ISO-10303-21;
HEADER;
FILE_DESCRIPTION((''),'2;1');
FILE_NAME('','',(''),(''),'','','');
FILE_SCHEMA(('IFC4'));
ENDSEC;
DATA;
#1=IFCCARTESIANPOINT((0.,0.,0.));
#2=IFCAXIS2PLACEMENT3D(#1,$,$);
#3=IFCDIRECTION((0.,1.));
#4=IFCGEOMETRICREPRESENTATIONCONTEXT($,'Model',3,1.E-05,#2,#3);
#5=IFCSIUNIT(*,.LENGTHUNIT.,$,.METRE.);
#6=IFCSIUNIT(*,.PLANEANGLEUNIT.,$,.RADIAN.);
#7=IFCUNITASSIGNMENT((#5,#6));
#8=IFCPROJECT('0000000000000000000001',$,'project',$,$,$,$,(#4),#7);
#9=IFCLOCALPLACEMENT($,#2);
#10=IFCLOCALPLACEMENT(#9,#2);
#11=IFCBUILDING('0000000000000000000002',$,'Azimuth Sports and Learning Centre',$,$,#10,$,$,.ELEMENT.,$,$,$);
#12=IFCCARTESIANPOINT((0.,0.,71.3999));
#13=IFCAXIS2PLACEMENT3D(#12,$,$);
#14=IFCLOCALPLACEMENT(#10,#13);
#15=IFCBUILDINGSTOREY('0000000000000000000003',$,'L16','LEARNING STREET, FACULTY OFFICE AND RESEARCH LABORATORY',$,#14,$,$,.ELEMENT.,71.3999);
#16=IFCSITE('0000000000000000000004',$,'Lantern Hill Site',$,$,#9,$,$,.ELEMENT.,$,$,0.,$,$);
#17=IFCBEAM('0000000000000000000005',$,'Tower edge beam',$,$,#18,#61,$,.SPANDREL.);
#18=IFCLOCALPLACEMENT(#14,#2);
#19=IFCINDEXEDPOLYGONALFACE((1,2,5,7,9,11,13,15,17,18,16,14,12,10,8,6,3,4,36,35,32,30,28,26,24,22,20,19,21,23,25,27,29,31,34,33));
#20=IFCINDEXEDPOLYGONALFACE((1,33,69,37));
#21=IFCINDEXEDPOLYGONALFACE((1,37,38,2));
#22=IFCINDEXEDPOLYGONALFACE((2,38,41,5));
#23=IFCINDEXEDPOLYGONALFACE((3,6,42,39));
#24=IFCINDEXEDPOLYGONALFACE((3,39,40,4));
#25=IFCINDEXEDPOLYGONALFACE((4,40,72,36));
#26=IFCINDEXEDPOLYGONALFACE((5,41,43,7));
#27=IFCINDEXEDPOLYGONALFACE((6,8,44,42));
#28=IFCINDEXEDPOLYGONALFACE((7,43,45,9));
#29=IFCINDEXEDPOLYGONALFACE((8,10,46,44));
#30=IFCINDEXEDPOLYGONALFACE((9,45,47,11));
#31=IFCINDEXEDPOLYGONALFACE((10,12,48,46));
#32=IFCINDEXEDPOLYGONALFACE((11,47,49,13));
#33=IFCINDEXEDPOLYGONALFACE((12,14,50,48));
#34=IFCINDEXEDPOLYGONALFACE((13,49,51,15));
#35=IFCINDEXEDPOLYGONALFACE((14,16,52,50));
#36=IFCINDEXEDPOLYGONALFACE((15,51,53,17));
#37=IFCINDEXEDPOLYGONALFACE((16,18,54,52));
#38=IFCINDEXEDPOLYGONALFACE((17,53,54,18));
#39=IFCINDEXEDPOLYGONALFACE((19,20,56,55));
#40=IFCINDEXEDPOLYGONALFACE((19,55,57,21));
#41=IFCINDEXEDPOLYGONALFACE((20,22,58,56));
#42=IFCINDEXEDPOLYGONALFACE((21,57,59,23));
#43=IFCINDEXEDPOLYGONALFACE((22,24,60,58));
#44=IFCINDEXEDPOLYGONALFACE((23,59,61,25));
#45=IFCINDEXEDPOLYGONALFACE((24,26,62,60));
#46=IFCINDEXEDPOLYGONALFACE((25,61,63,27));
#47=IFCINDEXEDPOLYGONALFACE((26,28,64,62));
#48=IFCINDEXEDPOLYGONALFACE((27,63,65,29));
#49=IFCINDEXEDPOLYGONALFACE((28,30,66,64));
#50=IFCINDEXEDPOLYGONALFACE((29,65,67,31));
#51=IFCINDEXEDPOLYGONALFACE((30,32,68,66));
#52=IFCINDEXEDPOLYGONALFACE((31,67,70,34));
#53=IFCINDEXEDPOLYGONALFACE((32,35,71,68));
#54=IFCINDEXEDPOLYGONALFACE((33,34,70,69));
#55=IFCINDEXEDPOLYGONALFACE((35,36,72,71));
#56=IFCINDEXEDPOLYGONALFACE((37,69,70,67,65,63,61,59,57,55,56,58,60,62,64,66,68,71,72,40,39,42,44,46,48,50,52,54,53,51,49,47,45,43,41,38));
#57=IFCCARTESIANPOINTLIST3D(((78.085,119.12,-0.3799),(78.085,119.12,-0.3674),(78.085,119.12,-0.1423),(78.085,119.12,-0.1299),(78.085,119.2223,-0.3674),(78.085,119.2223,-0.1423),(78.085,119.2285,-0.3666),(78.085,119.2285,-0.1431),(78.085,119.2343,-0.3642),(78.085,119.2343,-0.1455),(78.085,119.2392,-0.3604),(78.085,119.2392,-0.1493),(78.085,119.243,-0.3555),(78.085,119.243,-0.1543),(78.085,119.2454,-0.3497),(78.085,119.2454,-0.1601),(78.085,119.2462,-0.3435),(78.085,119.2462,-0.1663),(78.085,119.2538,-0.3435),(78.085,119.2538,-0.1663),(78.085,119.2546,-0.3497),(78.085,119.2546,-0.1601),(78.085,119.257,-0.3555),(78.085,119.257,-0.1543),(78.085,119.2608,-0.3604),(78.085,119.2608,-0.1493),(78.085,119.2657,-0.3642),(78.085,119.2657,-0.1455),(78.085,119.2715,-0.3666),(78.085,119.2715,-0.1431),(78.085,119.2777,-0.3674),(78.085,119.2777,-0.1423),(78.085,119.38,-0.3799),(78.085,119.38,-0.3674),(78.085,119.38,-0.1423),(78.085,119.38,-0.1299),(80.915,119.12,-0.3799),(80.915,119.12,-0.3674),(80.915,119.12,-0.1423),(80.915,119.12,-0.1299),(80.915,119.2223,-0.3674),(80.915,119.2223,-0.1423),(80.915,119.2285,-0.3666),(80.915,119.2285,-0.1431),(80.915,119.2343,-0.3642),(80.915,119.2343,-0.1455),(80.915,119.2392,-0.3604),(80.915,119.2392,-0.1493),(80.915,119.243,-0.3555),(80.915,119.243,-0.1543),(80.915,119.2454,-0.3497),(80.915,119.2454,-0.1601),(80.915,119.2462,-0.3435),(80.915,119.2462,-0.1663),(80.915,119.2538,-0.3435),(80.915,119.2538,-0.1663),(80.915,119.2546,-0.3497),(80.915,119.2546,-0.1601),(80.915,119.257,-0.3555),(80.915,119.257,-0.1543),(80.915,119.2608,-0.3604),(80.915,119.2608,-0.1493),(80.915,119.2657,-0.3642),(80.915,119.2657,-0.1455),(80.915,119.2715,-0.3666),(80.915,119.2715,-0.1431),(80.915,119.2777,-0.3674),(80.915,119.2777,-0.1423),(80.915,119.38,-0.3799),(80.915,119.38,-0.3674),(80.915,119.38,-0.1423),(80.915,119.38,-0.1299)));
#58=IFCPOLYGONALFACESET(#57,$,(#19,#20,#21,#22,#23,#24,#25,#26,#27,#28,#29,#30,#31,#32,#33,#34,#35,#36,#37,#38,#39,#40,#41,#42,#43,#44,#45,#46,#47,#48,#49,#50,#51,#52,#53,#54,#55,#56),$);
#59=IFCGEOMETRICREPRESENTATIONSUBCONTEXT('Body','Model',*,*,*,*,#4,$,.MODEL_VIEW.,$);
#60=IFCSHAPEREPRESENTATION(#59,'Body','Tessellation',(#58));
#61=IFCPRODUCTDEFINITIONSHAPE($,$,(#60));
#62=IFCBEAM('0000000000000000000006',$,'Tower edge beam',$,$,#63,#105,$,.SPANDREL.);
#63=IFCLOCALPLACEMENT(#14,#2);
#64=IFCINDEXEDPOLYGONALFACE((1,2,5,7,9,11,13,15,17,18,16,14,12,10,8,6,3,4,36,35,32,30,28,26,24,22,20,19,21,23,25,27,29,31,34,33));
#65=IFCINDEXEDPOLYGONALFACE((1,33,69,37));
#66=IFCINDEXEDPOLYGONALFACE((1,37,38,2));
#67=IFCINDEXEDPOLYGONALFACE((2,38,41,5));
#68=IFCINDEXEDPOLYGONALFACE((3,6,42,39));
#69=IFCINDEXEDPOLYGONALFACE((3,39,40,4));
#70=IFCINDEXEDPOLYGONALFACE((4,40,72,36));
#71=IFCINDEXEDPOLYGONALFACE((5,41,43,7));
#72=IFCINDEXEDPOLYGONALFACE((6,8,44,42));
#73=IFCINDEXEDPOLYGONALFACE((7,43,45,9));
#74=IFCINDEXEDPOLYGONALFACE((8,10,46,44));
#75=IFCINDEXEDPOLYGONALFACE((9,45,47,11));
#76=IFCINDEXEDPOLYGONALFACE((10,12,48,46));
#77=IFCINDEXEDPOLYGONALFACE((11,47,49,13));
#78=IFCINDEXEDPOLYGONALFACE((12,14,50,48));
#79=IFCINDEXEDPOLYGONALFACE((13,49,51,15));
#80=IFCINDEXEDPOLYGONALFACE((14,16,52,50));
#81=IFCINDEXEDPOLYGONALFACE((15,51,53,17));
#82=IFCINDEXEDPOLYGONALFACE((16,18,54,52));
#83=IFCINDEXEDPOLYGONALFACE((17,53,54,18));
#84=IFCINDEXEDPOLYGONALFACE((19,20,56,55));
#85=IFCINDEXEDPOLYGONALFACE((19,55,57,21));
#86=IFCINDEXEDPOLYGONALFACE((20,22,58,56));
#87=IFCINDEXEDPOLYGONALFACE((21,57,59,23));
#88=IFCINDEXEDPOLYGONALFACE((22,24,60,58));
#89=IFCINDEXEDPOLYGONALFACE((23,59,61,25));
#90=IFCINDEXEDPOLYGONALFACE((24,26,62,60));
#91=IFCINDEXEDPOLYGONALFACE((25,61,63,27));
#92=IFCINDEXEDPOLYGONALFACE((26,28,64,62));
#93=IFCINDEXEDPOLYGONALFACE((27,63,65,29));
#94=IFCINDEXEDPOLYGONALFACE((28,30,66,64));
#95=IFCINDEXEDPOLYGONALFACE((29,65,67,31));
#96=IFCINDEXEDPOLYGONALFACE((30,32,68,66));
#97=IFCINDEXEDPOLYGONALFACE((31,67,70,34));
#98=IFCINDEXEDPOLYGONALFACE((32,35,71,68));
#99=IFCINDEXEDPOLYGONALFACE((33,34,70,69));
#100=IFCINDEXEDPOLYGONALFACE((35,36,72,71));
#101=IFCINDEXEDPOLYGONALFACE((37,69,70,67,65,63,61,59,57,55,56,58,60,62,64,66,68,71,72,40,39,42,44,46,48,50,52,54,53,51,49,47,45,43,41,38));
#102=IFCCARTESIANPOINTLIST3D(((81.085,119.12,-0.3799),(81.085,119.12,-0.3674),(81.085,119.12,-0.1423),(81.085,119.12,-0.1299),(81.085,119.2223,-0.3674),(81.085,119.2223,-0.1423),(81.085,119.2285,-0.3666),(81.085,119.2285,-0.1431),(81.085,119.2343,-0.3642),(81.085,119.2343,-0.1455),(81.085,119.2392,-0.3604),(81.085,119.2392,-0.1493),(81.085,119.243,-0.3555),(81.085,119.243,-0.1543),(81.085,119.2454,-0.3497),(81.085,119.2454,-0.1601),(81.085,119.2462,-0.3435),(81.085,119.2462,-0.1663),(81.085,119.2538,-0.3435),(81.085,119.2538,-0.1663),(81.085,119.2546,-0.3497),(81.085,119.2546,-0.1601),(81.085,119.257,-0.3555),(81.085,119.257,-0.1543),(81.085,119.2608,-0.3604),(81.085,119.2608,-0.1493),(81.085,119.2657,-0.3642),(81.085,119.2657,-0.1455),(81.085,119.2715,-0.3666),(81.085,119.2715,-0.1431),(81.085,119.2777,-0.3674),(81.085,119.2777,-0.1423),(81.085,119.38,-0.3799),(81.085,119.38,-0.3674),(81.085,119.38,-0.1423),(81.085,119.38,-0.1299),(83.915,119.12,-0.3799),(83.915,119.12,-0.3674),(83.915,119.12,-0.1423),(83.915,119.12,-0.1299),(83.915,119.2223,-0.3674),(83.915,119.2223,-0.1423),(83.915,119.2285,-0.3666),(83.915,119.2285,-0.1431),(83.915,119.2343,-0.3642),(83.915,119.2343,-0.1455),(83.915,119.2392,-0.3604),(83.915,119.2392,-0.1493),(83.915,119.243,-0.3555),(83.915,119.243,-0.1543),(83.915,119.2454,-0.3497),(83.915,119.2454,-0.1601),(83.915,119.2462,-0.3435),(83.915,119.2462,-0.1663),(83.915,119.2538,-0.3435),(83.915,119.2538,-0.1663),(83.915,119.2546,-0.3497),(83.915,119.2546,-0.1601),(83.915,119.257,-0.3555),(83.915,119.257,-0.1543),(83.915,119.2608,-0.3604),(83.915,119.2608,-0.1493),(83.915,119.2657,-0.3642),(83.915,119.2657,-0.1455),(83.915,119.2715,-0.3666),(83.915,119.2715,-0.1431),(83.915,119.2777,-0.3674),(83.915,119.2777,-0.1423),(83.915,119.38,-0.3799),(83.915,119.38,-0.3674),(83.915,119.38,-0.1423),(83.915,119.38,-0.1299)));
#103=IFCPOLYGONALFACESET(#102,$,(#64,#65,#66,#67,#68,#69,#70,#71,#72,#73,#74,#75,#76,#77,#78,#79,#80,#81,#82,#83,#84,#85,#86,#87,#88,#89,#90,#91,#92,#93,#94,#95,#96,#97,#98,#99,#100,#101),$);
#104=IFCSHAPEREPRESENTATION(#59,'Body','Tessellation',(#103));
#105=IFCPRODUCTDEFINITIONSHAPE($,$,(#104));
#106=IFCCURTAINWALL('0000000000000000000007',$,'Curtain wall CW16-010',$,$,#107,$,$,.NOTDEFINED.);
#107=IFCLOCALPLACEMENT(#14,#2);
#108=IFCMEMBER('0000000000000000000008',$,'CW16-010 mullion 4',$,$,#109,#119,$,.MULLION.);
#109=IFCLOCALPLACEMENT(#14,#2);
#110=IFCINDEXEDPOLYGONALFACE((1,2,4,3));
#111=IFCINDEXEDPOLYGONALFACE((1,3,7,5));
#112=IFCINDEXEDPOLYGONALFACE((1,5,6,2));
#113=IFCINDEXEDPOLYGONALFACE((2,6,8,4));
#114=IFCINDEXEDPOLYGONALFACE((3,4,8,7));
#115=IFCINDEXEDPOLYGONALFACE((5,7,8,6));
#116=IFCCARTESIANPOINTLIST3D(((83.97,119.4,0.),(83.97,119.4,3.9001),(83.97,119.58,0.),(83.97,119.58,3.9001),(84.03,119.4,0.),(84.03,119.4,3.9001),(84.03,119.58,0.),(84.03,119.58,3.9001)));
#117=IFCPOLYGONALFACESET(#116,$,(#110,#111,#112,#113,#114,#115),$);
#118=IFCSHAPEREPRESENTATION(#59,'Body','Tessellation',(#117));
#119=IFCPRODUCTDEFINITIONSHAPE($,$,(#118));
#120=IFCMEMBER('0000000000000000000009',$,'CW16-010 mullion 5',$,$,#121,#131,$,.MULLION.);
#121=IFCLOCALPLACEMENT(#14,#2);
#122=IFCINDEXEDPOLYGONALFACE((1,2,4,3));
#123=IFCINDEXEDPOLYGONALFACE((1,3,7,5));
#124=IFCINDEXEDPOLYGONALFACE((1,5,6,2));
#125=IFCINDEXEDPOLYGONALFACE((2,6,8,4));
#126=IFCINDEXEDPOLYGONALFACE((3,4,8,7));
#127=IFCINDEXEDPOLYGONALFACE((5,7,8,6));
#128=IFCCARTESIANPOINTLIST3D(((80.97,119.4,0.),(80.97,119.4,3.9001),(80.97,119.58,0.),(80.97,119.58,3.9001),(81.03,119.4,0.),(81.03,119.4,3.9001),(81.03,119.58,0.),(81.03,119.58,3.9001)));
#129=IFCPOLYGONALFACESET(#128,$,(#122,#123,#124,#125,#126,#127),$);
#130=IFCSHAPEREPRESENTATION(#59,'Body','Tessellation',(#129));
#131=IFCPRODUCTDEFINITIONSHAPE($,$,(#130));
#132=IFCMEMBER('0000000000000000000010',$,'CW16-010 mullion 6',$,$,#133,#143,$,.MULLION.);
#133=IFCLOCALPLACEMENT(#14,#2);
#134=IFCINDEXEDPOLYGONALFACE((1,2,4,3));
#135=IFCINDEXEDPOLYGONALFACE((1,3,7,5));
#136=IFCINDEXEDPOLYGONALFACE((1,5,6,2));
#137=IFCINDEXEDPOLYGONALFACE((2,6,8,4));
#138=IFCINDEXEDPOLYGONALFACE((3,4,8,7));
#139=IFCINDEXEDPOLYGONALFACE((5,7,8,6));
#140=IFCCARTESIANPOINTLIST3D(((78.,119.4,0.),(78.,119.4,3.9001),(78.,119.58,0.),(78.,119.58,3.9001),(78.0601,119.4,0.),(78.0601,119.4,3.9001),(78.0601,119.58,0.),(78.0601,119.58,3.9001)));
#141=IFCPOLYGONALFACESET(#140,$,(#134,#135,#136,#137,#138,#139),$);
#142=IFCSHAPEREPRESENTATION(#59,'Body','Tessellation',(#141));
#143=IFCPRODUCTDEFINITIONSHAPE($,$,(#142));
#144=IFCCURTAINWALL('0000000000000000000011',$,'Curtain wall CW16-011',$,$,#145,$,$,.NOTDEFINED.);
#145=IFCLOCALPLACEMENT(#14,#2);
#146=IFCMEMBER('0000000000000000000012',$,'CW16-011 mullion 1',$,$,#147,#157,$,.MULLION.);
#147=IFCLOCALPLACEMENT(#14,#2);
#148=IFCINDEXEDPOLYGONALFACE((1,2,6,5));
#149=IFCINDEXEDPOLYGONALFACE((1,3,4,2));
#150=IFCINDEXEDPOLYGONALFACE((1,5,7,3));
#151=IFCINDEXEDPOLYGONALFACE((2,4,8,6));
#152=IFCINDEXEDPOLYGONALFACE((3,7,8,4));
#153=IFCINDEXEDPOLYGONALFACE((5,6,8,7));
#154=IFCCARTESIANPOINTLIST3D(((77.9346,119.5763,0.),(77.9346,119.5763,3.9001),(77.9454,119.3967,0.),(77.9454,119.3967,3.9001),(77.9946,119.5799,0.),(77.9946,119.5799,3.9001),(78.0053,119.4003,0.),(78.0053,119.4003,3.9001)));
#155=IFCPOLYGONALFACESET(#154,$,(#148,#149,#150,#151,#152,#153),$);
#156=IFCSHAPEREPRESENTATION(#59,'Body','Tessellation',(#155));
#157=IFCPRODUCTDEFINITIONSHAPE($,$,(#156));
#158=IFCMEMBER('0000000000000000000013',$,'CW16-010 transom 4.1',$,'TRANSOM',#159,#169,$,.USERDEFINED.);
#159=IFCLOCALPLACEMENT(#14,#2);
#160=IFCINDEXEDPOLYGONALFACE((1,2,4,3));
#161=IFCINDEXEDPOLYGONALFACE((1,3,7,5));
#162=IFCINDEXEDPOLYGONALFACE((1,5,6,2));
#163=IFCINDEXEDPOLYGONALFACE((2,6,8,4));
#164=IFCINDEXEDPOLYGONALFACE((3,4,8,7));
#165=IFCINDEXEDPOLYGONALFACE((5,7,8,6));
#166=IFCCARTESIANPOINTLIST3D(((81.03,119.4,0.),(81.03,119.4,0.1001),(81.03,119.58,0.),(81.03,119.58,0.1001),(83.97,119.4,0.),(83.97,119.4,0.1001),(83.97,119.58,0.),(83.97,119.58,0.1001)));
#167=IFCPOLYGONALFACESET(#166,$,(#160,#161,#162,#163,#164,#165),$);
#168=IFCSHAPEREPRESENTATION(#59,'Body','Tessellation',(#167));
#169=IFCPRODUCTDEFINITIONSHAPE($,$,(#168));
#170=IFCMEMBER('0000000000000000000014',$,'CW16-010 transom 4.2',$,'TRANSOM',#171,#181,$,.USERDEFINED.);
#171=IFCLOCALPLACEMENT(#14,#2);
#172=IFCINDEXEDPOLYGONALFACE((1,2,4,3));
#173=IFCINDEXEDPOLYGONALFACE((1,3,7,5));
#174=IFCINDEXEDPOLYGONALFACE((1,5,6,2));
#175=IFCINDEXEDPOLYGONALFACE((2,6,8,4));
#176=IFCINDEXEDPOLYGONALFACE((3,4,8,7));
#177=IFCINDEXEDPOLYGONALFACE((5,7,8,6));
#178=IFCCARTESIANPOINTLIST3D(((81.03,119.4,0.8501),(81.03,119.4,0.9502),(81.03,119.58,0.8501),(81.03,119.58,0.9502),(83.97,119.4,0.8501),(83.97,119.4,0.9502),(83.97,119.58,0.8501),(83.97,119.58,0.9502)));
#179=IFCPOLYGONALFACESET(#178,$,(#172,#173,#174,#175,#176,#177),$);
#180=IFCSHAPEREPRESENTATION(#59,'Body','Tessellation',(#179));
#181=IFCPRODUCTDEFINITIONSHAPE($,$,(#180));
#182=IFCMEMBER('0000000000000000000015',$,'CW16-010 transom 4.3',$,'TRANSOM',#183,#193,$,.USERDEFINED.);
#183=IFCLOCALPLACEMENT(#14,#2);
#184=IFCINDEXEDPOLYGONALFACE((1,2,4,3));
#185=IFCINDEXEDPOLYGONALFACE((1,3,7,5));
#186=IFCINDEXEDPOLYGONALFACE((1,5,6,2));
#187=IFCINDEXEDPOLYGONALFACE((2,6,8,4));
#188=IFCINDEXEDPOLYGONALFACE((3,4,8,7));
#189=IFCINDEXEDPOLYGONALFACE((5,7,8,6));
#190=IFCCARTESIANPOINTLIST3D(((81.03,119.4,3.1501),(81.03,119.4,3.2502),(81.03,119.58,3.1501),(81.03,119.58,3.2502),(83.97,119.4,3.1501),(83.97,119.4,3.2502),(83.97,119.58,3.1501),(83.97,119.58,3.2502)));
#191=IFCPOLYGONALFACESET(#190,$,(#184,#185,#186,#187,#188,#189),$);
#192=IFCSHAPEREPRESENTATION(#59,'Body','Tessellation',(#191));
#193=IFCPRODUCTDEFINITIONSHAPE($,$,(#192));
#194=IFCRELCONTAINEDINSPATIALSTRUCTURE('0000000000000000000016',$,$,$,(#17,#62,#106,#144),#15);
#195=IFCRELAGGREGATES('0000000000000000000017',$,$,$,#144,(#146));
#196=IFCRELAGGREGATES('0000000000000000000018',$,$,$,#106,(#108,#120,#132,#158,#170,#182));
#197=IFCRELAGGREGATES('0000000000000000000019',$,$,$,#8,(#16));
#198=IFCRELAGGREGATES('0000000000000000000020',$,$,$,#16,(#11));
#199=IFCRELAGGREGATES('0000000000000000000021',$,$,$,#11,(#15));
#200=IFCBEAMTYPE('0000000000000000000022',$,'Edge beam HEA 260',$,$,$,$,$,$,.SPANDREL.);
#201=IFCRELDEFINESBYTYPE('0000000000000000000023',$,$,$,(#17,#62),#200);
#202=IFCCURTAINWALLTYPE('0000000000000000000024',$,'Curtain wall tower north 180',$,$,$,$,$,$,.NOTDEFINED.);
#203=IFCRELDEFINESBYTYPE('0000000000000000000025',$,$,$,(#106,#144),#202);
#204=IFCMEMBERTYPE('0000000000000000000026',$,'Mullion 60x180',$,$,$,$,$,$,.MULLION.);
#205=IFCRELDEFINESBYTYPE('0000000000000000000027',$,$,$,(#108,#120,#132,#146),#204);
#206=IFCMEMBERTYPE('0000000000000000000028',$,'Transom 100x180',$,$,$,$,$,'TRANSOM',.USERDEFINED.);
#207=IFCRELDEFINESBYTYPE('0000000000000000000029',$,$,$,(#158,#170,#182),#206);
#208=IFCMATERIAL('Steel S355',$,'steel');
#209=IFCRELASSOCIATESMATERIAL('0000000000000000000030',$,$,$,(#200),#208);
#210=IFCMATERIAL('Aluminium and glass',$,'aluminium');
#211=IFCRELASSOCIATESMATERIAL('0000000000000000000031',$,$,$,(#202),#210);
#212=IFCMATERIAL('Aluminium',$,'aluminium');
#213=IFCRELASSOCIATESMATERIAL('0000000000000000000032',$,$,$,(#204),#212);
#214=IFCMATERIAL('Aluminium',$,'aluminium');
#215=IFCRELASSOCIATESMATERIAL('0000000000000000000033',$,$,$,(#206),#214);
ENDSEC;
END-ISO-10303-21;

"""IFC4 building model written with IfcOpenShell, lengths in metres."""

from ifc_helpers import new_model, si_unit, direction, frame, origin, origin_2d, place, context, subcontext, project, spatial, rectangle, i_section, extrude, material, material_profile, profile_set, type_object, element, aggregate, save


model = new_model("IFC4")

# Units and contexts
model_context = context("Model", 3, precision=1e-05, world=origin(), true_north=direction((0.0, 1.0)))
body_context = subcontext(model_context, "Body", "Model", "MODEL_VIEW")
ifc_project = project(units=[si_unit("LENGTHUNIT", "METRE"), si_unit("PLANEANGLEUNIT", "RADIAN")], contexts=[model_context])

# Site, building, storey
site_placement = place(None, origin())
site = spatial("IfcSite", under=ifc_project, at=site_placement, Name="Lantern Hill Site", CompositionType="ELEMENT", RefElevation=0.0)
building_placement = place(site_placement, origin())
building = spatial("IfcBuilding", under=site, at=building_placement, Name="Azimuth Sports and Learning Centre", CompositionType="ELEMENT")
storey_placement = place(building_placement, frame((0.0, 0.0, 71.3999)))
storey = spatial("IfcBuildingStorey", under=building, at=storey_placement, Name="L16", Description="LEARNING STREET, FACULTY OFFICE AND RESEARCH LABORATORY", CompositionType="ELEMENT", Elevation=71.3999)

# Beams
ifc_material_1 = material(Name="Steel S355", Category="steel")
ifc_material_profile_1 = material_profile(ifc_material_1, i_section(OverallWidth=0.26, OverallDepth=0.25, WebThickness=0.0076, FlangeThickness=0.0125, FilletRadius=0.0239, at=origin_2d()), Name="HEA 260")
ifc_profile_set_1 = profile_set([ifc_material_profile_1], Name="Steel S355")
beam_type = type_object("IfcBeamType", Name="Edge beam HEA 260", PredefinedType="SPANDREL", material=ifc_profile_set_1)
for number, where, z_axis, x_axis, name in (
    (1, (78.085, 119.25, -0.2549), (1.0, 0.0, 0.0), (0.0, 1.0, 0.0), "Tower edge beam"),
    (2, (81.085, 119.25, -0.2549), (1.0, 0.0, 0.0), (0.0, 1.0, 0.0), "Tower edge beam"),
):
    element("IfcBeam", number, at=place(storey_placement, frame(where, z_axis=z_axis, x_axis=x_axis)), inside=storey, type_object=beam_type, Name=name, PredefinedType="SPANDREL", context=body_context, shape_type="SweptSolid", body=[
        extrude(i_section(OverallWidth=0.26, OverallDepth=0.25, WebThickness=0.0076, FlangeThickness=0.0125, FilletRadius=0.0239, at=origin_2d()), origin(), (0.0, 0.0, 1.0), 2.8301),
    ])

# Curtain wall, members
ifc_material_2 = material(Name="Aluminium and glass", Category="aluminium")
curtain_wall_type = type_object("IfcCurtainWallType", Name="Curtain wall tower north 180", PredefinedType="NOTDEFINED", material=ifc_material_2)
curtain_wall_1_placement = place(storey_placement, origin())
curtain_wall_1 = element("IfcCurtainWall", 3, at=curtain_wall_1_placement, inside=storey, type_object=curtain_wall_type, Name="Curtain wall CW16-010", PredefinedType="NOTDEFINED")
ifc_material_3 = material(Name="Aluminium", Category="aluminium")
ifc_material_profile_2 = material_profile(ifc_material_3, rectangle(XDim=0.1799, YDim=0.0601, at=origin_2d()), Name="Mullion 60x180")
ifc_profile_set_2 = profile_set([ifc_material_profile_2], Name="Aluminium")
member_type_1 = type_object("IfcMemberType", Name="Mullion 60x180", PredefinedType="MULLION", material=ifc_profile_set_2)
member_1_placement = place(storey_placement, frame((84.0, 119.49, 0.0), z_axis=(0.0, 0.0, 1.0), x_axis=(0.0, -1.0, 0.0)))
member_1 = element("IfcMember", 4, at=member_1_placement, type_object=member_type_1, Name="CW16-010 mullion 4", PredefinedType="MULLION", context=body_context, shape_type="SweptSolid", body=[
    extrude(rectangle(XDim=0.1799, YDim=0.0601, at=origin_2d()), origin(), (0.0, 0.0, 1.0), 3.9001),
])
member_2_placement = place(storey_placement, frame((81.0, 119.49, 0.0), z_axis=(0.0, 0.0, 1.0), x_axis=(0.0, -1.0, 0.0)))
member_2 = element("IfcMember", 5, at=member_2_placement, type_object=member_type_1, Name="CW16-010 mullion 5", PredefinedType="MULLION", context=body_context, shape_type="SweptSolid", body=[
    extrude(rectangle(XDim=0.1799, YDim=0.0601, at=origin_2d()), origin(), (0.0, 0.0, 1.0), 3.9001),
])
member_3_placement = place(storey_placement, frame((78.03, 119.49, 0.0), z_axis=(0.0, 0.0, 1.0), x_axis=(0.0, -1.0, 0.0)))
member_3 = element("IfcMember", 6, at=member_3_placement, type_object=member_type_1, Name="CW16-010 mullion 6", PredefinedType="MULLION", context=body_context, shape_type="SweptSolid", body=[
    extrude(rectangle(XDim=0.1799, YDim=0.0601, at=origin_2d()), origin(), (0.0, 0.0, 1.0), 3.9001),
])

# Curtain wall, member
curtain_wall_2_placement = place(storey_placement, origin())
curtain_wall_2 = element("IfcCurtainWall", 7, at=curtain_wall_2_placement, inside=storey, type_object=curtain_wall_type, Name="Curtain wall CW16-011", PredefinedType="NOTDEFINED")
member_4_placement = place(storey_placement, frame((77.97, 119.4883, 0.0), z_axis=(0.0, 0.0, 1.0), x_axis=(0.059892, -0.998205, 0.0)))
member_4 = element("IfcMember", 8, at=member_4_placement, type_object=member_type_1, Name="CW16-011 mullion 1", PredefinedType="MULLION", context=body_context, shape_type="SweptSolid", body=[
    extrude(rectangle(XDim=0.1799, YDim=0.0601, at=origin_2d()), origin(), (0.0, 0.0, 1.0), 3.9001),
])

# Members
ifc_material_4 = material(Name="Aluminium", Category="aluminium")
ifc_material_profile_3 = material_profile(ifc_material_4, rectangle(XDim=0.1799, YDim=0.1001, at=origin_2d()), Name="Transom 100x180")
ifc_profile_set_3 = profile_set([ifc_material_profile_3], Name="Aluminium")
member_type_2 = type_object("IfcMemberType", Name="Transom 100x180", ElementType="TRANSOM", PredefinedType="USERDEFINED", material=ifc_profile_set_3)
member_5_placement = place(storey_placement, frame((83.97, 119.49, 0.05), z_axis=(-1.0, 0.0, 0.0), x_axis=(0.0, -1.0, 0.0)))
member_5 = element("IfcMember", 9, at=member_5_placement, type_object=member_type_2, Name="CW16-010 transom 4.1", ObjectType="TRANSOM", PredefinedType="USERDEFINED", context=body_context, shape_type="SweptSolid", body=[
    extrude(rectangle(XDim=0.1799, YDim=0.1001, at=origin_2d()), origin(), (0.0, 0.0, 1.0), 2.9399),
])
member_6_placement = place(storey_placement, frame((83.97, 119.49, 0.9001), z_axis=(-1.0, 0.0, 0.0), x_axis=(0.0, -1.0, 0.0)))
member_6 = element("IfcMember", 10, at=member_6_placement, type_object=member_type_2, Name="CW16-010 transom 4.2", ObjectType="TRANSOM", PredefinedType="USERDEFINED", context=body_context, shape_type="SweptSolid", body=[
    extrude(rectangle(XDim=0.1799, YDim=0.1001, at=origin_2d()), origin(), (0.0, 0.0, 1.0), 2.9399),
])
member_7_placement = place(storey_placement, frame((83.97, 119.49, 3.2002), z_axis=(-1.0, 0.0, 0.0), x_axis=(0.0, -1.0, 0.0)))
member_7 = element("IfcMember", 11, at=member_7_placement, type_object=member_type_2, Name="CW16-010 transom 4.3", ObjectType="TRANSOM", PredefinedType="USERDEFINED", context=body_context, shape_type="SweptSolid", body=[
    extrude(rectangle(XDim=0.1799, YDim=0.1001, at=origin_2d()), origin(), (0.0, 0.0, 1.0), 2.9399),
])
aggregate(curtain_wall_2, [member_4])

aggregate(curtain_wall_1, [member_1, member_2, member_3, member_5, member_6, member_7])

save(model, "model.ifc")
